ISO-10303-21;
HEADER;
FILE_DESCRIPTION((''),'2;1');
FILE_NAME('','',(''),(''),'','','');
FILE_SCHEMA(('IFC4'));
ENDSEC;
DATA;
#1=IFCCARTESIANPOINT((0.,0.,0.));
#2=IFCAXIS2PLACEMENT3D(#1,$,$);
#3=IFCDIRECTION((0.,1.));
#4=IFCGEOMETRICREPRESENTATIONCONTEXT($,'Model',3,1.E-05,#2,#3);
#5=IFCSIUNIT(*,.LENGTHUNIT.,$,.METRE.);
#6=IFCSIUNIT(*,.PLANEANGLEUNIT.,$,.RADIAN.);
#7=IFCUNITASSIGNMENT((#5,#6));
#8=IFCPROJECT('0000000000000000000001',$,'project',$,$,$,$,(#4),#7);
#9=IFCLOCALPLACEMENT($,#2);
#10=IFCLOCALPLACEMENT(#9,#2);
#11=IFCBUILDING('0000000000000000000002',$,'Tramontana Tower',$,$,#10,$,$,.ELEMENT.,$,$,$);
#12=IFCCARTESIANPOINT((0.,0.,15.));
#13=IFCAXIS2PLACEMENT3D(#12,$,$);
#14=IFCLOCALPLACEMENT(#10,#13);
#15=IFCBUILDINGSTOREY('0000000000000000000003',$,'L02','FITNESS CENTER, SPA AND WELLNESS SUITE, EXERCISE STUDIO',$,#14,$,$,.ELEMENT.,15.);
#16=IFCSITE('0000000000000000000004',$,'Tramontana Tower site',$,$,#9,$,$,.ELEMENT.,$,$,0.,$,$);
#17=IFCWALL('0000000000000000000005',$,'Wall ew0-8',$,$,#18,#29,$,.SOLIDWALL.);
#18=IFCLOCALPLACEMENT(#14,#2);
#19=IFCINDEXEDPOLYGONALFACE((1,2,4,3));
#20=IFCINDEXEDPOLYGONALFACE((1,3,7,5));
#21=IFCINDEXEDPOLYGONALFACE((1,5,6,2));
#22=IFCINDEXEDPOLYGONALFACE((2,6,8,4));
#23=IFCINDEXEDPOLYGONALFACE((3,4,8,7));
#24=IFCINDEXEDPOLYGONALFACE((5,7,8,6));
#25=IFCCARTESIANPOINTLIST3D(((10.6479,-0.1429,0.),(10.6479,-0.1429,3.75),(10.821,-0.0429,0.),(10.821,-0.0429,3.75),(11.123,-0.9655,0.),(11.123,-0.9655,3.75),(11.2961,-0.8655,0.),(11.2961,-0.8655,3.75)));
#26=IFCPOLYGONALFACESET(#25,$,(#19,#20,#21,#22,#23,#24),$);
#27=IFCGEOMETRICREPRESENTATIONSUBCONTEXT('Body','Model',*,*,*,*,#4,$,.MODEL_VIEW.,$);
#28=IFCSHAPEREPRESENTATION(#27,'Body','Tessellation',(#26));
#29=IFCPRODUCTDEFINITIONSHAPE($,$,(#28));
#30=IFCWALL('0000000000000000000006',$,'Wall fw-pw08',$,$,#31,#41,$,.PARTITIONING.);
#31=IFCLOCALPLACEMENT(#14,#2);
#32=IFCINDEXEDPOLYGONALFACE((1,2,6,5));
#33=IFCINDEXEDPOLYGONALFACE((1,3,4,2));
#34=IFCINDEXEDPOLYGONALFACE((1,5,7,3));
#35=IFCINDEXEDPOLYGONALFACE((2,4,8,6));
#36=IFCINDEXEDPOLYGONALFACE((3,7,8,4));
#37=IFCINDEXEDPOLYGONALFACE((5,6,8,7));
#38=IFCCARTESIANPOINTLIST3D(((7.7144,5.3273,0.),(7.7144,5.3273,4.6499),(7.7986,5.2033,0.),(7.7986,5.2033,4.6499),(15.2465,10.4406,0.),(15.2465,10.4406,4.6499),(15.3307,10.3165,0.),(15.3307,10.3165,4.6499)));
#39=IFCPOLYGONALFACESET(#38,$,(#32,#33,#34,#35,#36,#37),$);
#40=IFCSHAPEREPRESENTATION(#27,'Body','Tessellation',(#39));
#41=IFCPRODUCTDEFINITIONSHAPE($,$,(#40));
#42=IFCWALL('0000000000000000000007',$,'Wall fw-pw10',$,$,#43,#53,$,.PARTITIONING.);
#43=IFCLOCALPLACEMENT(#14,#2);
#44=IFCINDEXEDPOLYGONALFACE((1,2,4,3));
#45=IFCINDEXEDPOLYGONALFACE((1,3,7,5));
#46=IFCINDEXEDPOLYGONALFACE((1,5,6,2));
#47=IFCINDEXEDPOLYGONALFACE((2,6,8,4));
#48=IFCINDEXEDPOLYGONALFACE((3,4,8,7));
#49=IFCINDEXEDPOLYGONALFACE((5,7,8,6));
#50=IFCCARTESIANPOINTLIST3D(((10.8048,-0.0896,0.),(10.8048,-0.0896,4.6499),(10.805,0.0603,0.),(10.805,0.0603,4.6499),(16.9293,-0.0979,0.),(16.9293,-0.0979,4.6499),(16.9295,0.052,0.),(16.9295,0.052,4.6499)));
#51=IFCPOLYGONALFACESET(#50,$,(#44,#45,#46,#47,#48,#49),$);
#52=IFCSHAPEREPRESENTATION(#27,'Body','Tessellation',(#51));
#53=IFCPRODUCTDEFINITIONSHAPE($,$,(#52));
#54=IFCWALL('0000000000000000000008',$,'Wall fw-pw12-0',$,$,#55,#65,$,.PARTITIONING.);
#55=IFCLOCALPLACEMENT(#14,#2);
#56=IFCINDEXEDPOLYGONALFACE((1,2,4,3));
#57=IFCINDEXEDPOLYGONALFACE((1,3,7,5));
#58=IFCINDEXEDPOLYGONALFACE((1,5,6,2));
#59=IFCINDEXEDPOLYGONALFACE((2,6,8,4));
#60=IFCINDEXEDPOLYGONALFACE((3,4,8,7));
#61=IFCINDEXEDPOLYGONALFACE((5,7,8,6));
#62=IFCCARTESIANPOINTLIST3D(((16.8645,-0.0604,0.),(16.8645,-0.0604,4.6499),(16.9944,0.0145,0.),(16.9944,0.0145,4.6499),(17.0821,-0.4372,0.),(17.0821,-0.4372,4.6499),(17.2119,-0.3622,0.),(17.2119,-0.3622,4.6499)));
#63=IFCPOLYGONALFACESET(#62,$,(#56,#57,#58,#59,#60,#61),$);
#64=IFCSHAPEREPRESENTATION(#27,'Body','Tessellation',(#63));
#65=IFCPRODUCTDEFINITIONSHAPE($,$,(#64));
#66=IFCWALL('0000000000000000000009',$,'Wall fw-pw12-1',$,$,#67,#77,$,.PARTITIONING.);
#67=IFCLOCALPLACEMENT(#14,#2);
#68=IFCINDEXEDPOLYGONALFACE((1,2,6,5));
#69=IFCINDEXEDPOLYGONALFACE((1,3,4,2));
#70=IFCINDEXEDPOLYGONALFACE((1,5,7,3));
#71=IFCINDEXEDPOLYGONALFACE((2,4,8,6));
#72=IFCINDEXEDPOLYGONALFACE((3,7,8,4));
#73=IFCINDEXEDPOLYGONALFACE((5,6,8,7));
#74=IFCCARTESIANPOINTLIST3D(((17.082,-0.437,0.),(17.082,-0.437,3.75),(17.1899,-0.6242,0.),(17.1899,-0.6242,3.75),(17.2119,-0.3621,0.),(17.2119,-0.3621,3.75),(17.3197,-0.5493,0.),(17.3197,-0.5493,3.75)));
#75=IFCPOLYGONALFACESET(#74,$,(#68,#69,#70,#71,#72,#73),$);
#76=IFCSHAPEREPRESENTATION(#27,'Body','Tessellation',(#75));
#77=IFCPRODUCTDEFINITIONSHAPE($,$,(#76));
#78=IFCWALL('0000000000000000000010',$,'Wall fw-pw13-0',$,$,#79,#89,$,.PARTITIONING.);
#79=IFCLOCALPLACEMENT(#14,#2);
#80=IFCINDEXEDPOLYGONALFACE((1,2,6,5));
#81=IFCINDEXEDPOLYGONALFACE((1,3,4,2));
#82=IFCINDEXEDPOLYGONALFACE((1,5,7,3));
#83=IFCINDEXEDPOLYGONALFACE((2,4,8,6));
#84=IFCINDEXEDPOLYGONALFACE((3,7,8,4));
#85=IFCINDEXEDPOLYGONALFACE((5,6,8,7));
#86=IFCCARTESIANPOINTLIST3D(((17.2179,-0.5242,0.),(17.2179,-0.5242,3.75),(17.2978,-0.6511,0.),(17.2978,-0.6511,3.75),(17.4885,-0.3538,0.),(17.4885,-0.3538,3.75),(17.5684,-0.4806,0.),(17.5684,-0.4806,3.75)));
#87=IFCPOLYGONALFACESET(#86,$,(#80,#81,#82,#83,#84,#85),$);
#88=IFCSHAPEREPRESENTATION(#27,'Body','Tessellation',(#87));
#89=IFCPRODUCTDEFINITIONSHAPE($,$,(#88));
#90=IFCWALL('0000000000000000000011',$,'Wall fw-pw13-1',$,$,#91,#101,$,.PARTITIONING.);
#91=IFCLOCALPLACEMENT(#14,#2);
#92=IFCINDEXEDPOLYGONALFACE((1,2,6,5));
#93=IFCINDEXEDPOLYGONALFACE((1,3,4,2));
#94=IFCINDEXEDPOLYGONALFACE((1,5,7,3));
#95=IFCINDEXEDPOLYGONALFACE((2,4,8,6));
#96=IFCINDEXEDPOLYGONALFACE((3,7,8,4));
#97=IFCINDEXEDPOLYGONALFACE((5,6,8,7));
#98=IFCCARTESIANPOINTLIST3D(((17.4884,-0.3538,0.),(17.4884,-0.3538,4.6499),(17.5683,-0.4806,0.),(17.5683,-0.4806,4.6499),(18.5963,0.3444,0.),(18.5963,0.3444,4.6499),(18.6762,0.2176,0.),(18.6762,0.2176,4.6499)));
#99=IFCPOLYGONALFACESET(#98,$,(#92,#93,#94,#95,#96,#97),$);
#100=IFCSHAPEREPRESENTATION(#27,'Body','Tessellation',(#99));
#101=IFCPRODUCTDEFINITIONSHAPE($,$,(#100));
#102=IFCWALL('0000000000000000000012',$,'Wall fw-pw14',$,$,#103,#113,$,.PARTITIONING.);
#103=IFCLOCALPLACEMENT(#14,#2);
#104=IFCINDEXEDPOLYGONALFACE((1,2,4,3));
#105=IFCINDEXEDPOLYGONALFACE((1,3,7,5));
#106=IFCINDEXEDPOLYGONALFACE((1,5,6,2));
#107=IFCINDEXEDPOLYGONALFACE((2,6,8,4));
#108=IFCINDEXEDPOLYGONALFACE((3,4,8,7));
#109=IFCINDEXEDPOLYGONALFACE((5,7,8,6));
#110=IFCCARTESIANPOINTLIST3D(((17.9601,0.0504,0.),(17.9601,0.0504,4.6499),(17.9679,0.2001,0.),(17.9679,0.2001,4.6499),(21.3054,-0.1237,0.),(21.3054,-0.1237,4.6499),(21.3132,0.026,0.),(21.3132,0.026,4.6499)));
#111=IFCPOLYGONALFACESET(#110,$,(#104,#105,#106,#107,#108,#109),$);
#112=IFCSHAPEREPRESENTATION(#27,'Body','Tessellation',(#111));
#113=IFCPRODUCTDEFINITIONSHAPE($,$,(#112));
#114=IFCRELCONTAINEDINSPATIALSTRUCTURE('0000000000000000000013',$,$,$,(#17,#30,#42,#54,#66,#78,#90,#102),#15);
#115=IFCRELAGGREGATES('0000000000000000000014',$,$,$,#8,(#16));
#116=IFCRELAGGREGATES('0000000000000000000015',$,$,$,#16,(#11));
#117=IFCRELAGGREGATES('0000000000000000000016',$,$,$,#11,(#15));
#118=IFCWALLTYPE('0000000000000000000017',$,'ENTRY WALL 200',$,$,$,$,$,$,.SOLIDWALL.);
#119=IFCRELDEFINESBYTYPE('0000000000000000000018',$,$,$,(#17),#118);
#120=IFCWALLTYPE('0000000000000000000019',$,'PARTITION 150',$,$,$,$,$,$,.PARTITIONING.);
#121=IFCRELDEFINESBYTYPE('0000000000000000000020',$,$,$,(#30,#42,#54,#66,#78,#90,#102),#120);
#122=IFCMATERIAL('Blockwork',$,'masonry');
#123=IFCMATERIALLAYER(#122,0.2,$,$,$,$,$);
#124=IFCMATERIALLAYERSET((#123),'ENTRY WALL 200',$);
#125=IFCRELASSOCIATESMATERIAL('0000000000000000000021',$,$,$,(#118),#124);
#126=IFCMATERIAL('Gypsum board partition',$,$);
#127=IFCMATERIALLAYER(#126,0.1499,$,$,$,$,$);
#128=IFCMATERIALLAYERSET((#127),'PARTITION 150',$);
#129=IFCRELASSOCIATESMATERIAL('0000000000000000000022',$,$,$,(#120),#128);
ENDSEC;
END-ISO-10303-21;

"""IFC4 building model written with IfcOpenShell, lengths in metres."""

from ifc_helpers import new_model, si_unit, direction, frame, frame_2d, origin, place, context, subcontext, project, spatial, rectangle, extrude, material, layer, layer_set, type_object, element, save


model = new_model("IFC4")

# Units and contexts
model_context = context("Model", 3, precision=1e-05, world=origin(), true_north=direction((0.0, 1.0)))
body_context = subcontext(model_context, "Body", "Model", "MODEL_VIEW")
ifc_project = project(units=[si_unit("LENGTHUNIT", "METRE"), si_unit("PLANEANGLEUNIT", "RADIAN")], contexts=[model_context])

# Site, building, storey
site_placement = place(None, origin())
site = spatial("IfcSite", under=ifc_project, at=site_placement, Name="Tramontana Tower site", CompositionType="ELEMENT", RefElevation=0.0)
building_placement = place(site_placement, origin())
building = spatial("IfcBuilding", under=site, at=building_placement, Name="Tramontana Tower", CompositionType="ELEMENT")
storey_placement = place(building_placement, frame((0.0, 0.0, 15.0)))
storey = spatial("IfcBuildingStorey", under=building, at=storey_placement, Name="L02", Description="FITNESS CENTER, SPA AND WELLNESS SUITE, EXERCISE STUDIO", CompositionType="ELEMENT", Elevation=15.0)

# Shared definitions
ifc_material_1 = material(Name="Blockwork", Category="masonry")
ifc_layer_1 = layer(ifc_material_1, 0.2)
ifc_layer_set_1 = layer_set([ifc_layer_1], Name="ENTRY WALL 200")
wall_type_1 = type_object("IfcWallType", Name="ENTRY WALL 200", PredefinedType="SOLIDWALL", material=ifc_layer_set_1)

# Wall
wall_1_placement = place(storey_placement, frame((10.7344, -0.0928, 0.0), z_axis=(0.0, 0.0, 1.0), x_axis=(0.500175, -0.865924, 0.0)))
element("IfcWall", 1, at=wall_1_placement, inside=storey, type_object=wall_type_1, Name="Wall ew0-8", PredefinedType="SOLIDWALL", context=body_context, shape_type="SweptSolid", body=[
    extrude(rectangle(XDim=0.95, YDim=0.2, at=frame_2d((0.4751, 0.0))), origin(), (0.0, 0.0, 1.0), 3.75),
])

# Walls
ifc_material_2 = material(Name="Gypsum board partition")
ifc_layer_2 = layer(ifc_material_2, 0.1499)
ifc_layer_set_2 = layer_set([ifc_layer_2], Name="PARTITION 150")
wall_type_2 = type_object("IfcWallType", Name="PARTITION 150", PredefinedType="PARTITIONING", material=ifc_layer_set_2)
wall_2_placement = place(storey_placement, frame((7.7566, 5.2654, 0.0), z_axis=(0.0, 0.0, 1.0), x_axis=(0.827367, 0.561661, 0.0)))
element("IfcWall", 2, at=wall_2_placement, inside=storey, type_object=wall_type_2, Name="Wall fw-pw08", PredefinedType="PARTITIONING", context=body_context, shape_type="SweptSolid", body=[
    extrude(rectangle(XDim=9.1038, YDim=0.1499, at=frame_2d((4.5518, 0.0))), origin(), (0.0, 0.0, 1.0), 4.6499),
])
wall_3_placement = place(storey_placement, frame((10.8049, -0.0146, 0.0), z_axis=(0.0, 0.0, 1.0), x_axis=(0.999999, -0.001355, 0.0)))
element("IfcWall", 3, at=wall_3_placement, inside=storey, type_object=wall_type_2, Name="Wall fw-pw10", PredefinedType="PARTITIONING", context=body_context, shape_type="SweptSolid", body=[
    extrude(rectangle(XDim=6.1245, YDim=0.1499, at=frame_2d((3.0623, 0.0))), origin(), (0.0, 0.0, 1.0), 4.6499),
])
wall_4_placement = place(storey_placement, frame((16.9294, -0.0229, 0.0), z_axis=(0.0, 0.0, 1.0), x_axis=(0.500063, -0.865989, 0.0)))
element("IfcWall", 4, at=wall_4_placement, inside=storey, type_object=wall_type_2, Name="Wall fw-pw12-0", PredefinedType="PARTITIONING", context=body_context, shape_type="SweptSolid", body=[
    extrude(rectangle(XDim=0.4351, YDim=0.1499, at=frame_2d((0.2175, 0.0))), origin(), (0.0, 0.0, 1.0), 4.6499),
])
wall_5_placement = place(storey_placement, frame((17.147, -0.3997, 0.0), z_axis=(0.0, 0.0, 1.0), x_axis=(0.499299, -0.86643, 0.0)))
element("IfcWall", 5, at=wall_5_placement, inside=storey, type_object=wall_type_2, Name="Wall fw-pw12-1", PredefinedType="PARTITIONING", context=body_context, shape_type="SweptSolid", body=[
    extrude(rectangle(XDim=0.2161, YDim=0.1499, at=frame_2d((0.1079, 0.0))), origin(), (0.0, 0.0, 1.0), 3.75),
])
wall_6_placement = place(storey_placement, frame((17.2578, -0.5876, 0.0), z_axis=(0.0, 0.0, 1.0), x_axis=(0.846105, 0.533016, 0.0)))
element("IfcWall", 6, at=wall_6_placement, inside=storey, type_object=wall_type_2, Name="Wall fw-pw13-0", PredefinedType="PARTITIONING", context=body_context, shape_type="SweptSolid", body=[
    extrude(rectangle(XDim=0.3198, YDim=0.1499, at=frame_2d((0.1599, 0.0))), origin(), (0.0, 0.0, 1.0), 3.75),
])
wall_7_placement = place(storey_placement, frame((17.5283, -0.4172, 0.0), z_axis=(0.0, 0.0, 1.0), x_axis=(0.846002, 0.533179, 0.0)))
element("IfcWall", 7, at=wall_7_placement, inside=storey, type_object=wall_type_2, Name="Wall fw-pw13-1", PredefinedType="PARTITIONING", context=body_context, shape_type="SweptSolid", body=[
    extrude(rectangle(XDim=1.3096, YDim=0.1499, at=frame_2d((0.6548, 0.0))), origin(), (0.0, 0.0, 1.0), 4.6499),
])
wall_8_placement = place(storey_placement, frame((17.9641, 0.1252, 0.0), z_axis=(0.0, 0.0, 1.0), x_axis=(0.998649, -0.051966, 0.0)))
element("IfcWall", 8, at=wall_8_placement, inside=storey, type_object=wall_type_2, Name="Wall fw-pw14", PredefinedType="PARTITIONING", context=body_context, shape_type="SweptSolid", body=[
    extrude(rectangle(XDim=3.3499, YDim=0.1499, at=frame_2d((1.6748, 0.0))), origin(), (0.0, 0.0, 1.0), 4.6499),
])

save(model, "model.ifc")
